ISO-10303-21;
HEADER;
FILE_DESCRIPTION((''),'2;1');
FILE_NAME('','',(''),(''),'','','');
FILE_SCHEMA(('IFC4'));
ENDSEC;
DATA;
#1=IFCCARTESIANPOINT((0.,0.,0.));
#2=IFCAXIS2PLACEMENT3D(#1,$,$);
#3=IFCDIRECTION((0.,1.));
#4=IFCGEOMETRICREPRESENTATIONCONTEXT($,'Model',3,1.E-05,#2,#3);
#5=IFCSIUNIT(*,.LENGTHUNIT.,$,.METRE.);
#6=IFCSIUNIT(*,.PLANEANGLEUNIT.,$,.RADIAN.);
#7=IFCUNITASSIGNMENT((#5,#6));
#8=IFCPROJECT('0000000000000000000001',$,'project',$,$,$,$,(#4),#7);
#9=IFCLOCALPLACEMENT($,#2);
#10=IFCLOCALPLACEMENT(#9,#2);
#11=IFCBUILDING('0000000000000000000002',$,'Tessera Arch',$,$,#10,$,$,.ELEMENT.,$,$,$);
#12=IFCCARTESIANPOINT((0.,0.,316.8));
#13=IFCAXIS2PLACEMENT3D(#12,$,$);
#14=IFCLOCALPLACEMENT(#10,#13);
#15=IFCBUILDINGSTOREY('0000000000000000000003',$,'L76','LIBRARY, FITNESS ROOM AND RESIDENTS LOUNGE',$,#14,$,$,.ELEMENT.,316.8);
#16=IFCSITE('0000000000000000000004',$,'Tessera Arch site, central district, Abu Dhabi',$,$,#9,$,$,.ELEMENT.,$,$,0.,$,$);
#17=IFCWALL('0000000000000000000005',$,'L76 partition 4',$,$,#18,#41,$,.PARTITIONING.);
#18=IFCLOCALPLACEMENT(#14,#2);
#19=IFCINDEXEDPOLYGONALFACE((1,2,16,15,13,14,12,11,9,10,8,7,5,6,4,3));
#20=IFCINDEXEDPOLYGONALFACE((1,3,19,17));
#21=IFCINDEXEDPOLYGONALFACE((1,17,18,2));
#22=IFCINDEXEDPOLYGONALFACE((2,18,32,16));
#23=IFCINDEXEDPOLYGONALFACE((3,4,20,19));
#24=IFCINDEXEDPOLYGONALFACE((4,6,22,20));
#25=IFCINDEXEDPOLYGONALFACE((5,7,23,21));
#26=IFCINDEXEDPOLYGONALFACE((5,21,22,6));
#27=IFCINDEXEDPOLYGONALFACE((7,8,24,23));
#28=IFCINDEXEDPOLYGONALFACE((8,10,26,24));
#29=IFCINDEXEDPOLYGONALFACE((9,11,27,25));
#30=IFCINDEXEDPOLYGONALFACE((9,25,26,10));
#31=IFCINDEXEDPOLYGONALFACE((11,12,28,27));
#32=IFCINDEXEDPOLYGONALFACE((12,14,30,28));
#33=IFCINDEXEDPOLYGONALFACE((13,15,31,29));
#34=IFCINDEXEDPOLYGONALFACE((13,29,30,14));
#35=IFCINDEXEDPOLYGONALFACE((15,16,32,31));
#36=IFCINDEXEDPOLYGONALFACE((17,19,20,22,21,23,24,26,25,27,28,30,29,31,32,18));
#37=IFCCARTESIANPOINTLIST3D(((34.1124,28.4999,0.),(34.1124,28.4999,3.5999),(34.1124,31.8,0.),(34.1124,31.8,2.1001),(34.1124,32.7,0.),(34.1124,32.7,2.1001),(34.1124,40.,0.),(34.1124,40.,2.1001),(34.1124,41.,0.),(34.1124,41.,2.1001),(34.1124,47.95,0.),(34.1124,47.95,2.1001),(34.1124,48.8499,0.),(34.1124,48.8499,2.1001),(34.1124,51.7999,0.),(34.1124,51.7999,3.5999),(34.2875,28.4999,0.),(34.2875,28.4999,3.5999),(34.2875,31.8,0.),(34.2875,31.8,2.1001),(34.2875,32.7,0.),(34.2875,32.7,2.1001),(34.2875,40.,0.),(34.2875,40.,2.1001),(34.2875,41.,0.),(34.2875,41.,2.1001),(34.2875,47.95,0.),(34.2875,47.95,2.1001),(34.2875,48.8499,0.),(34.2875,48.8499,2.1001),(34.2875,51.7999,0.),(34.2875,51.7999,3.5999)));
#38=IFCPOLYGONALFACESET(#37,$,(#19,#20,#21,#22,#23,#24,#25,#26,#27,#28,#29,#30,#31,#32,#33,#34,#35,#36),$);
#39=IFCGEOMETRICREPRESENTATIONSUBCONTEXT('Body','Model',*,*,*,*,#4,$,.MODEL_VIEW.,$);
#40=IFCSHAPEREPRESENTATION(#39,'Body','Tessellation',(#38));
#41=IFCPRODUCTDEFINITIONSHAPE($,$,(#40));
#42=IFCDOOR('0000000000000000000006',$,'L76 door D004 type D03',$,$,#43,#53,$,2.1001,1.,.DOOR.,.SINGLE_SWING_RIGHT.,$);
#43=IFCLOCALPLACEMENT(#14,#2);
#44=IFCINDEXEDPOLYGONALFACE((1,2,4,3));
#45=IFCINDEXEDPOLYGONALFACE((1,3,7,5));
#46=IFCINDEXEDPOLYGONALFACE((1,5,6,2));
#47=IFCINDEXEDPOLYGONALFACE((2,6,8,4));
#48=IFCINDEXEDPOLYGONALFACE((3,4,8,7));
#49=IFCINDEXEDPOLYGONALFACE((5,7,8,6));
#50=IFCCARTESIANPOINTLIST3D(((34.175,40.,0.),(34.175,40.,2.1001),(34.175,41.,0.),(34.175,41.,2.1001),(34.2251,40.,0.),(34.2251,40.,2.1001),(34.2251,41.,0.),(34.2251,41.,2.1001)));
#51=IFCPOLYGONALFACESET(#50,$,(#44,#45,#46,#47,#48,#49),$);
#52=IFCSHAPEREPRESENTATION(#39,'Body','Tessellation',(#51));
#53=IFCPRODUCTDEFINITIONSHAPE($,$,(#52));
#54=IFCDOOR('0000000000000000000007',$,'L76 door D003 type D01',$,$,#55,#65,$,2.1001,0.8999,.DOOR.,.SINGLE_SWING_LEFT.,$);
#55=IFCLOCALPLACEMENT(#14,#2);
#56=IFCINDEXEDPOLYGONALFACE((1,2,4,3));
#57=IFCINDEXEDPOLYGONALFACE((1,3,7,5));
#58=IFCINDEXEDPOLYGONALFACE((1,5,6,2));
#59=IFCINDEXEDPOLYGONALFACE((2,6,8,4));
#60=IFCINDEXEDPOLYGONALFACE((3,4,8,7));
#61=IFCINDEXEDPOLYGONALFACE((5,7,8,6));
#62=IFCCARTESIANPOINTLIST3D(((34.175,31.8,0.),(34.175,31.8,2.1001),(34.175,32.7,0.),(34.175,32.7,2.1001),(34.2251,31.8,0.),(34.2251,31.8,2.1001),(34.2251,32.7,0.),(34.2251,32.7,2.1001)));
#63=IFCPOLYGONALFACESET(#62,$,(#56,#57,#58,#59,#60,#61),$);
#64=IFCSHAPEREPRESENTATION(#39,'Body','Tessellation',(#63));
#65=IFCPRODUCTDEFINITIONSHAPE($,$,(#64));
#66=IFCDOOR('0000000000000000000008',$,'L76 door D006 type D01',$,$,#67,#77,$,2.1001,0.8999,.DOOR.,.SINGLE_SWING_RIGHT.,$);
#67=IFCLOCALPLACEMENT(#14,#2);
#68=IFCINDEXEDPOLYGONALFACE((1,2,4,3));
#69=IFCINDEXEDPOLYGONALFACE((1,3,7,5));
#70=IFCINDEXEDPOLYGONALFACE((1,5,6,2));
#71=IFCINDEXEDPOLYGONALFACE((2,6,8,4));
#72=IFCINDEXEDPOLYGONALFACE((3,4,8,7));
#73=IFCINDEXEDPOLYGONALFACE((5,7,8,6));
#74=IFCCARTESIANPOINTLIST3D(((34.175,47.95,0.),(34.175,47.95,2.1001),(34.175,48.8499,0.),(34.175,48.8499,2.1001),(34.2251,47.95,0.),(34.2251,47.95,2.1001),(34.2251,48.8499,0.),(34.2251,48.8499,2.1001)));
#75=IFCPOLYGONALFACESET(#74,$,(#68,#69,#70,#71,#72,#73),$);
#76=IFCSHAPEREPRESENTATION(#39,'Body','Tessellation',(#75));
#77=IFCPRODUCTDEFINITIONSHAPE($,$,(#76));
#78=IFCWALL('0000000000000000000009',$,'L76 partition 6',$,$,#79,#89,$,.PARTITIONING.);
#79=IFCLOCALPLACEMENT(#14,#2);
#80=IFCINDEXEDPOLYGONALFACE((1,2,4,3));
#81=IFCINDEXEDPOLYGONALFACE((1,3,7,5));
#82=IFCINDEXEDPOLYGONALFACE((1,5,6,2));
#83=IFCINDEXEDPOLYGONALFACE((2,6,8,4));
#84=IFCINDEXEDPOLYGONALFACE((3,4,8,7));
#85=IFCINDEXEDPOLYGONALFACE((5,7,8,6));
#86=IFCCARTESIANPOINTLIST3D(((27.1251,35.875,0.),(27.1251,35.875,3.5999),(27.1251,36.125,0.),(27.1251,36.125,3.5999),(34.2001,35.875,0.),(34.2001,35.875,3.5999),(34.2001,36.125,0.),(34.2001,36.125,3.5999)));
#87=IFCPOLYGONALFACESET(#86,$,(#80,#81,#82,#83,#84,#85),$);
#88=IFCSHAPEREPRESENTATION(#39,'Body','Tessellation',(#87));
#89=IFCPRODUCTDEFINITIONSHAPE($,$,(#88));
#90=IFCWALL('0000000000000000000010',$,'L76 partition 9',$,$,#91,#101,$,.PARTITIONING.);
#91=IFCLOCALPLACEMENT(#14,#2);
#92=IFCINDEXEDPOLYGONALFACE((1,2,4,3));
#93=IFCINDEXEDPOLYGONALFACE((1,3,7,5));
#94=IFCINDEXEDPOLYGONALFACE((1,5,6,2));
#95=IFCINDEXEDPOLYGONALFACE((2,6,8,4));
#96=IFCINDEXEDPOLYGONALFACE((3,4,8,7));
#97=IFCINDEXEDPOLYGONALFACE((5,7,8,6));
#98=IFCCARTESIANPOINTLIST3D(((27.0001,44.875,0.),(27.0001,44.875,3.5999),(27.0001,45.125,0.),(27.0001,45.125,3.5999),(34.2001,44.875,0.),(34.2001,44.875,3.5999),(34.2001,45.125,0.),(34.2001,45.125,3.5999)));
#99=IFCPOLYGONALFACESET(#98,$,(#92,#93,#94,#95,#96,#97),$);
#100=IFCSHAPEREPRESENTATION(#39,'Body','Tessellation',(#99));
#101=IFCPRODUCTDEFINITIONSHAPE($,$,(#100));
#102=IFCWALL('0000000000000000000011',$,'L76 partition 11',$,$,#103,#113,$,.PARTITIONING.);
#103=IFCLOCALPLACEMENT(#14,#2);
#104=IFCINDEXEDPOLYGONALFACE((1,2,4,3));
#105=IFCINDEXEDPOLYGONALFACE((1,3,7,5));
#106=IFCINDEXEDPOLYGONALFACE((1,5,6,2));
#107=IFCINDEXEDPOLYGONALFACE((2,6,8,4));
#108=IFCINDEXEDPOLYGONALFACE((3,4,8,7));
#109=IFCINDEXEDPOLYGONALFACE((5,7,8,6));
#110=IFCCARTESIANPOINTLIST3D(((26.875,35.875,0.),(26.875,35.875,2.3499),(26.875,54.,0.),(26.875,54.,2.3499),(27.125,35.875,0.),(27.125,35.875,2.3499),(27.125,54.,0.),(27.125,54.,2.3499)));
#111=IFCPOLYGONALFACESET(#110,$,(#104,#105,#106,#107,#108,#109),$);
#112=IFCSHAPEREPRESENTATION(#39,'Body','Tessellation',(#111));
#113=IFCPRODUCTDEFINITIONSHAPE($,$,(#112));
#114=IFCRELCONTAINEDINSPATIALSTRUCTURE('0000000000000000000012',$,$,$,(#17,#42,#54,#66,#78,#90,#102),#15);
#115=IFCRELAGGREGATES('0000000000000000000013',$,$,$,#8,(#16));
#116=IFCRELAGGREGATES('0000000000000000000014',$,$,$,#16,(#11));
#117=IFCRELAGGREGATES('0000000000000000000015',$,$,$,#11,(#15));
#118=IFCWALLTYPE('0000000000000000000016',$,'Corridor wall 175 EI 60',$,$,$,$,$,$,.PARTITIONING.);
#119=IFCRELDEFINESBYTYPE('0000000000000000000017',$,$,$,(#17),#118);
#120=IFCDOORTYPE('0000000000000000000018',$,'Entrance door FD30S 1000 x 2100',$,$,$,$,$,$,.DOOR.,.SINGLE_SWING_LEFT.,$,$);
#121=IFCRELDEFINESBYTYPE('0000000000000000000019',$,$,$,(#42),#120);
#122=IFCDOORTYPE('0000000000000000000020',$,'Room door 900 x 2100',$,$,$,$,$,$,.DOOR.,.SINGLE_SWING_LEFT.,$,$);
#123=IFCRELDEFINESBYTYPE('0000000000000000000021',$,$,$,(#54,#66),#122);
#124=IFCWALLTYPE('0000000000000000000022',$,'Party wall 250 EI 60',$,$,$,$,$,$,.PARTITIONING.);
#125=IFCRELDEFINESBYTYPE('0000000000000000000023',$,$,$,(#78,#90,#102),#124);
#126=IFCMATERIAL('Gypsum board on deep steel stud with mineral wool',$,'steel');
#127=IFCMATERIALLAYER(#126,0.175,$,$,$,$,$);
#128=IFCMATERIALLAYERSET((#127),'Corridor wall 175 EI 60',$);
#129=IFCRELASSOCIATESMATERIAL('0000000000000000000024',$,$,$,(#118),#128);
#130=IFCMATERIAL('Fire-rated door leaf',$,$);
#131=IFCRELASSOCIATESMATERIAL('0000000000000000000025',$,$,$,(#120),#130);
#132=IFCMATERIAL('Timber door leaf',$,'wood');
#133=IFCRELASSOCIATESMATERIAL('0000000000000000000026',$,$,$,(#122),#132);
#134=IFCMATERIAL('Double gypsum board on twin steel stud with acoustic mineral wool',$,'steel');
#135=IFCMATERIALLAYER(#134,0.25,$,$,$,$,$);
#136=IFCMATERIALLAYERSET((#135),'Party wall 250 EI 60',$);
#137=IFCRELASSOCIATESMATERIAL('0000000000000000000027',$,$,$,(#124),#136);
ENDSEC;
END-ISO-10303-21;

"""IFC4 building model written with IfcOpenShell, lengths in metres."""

from ifc_helpers import new_model, si_unit, direction, frame, frame_2d, origin, place, context, subcontext, project, spatial, rectangle, extrude, material, layer, layer_set, type_object, element, fill, save


model = new_model("IFC4")

# Units and contexts
model_context = context("Model", 3, precision=1e-05, world=origin(), true_north=direction((0.0, 1.0)))
body_context = subcontext(model_context, "Body", "Model", "MODEL_VIEW")
ifc_project = project(units=[si_unit("LENGTHUNIT", "METRE"), si_unit("PLANEANGLEUNIT", "RADIAN")], contexts=[model_context])

# Site, building, storey
site_placement = place(None, origin())
site = spatial("IfcSite", under=ifc_project, at=site_placement, Name="Tessera Arch site, central district, Abu Dhabi", CompositionType="ELEMENT", RefElevation=0.0)
building_placement = place(site_placement, origin())
building = spatial("IfcBuilding", under=site, at=building_placement, Name="Tessera Arch", CompositionType="ELEMENT")
storey_placement = place(building_placement, frame((0.0, 0.0, 316.8)))
storey = spatial("IfcBuildingStorey", under=building, at=storey_placement, Name="L76", Description="LIBRARY, FITNESS ROOM AND RESIDENTS LOUNGE", CompositionType="ELEMENT", Elevation=316.8)

# Shared definitions
ifc_material_1 = material(Name="Gypsum board on deep steel stud with mineral wool", Category="steel")
ifc_layer_1 = layer(ifc_material_1, 0.175)
ifc_layer_set_1 = layer_set([ifc_layer_1], Name="Corridor wall 175 EI 60")
wall_type_1 = type_object("IfcWallType", Name="Corridor wall 175 EI 60", PredefinedType="PARTITIONING", material=ifc_layer_set_1)

# Wall, openings, doors
wall_1_placement = place(storey_placement, frame((34.2, 28.5, 0.0), z_axis=(0.0, 0.0, 1.0), x_axis=(0.0, 1.0, 0.0)))
wall_1 = element("IfcWall", 1, at=wall_1_placement, inside=storey, type_object=wall_type_1, Name="L76 partition 4", PredefinedType="PARTITIONING", context=body_context, shape_type="SweptSolid", body=[
    extrude(rectangle(XDim=23.3, YDim=0.175, at=frame_2d((11.6499, 0.0))), origin(), (0.0, 0.0, 1.0), 3.5999),
])
opening_1_placement = place(wall_1_placement, frame((3.3, 0.0, 0.0)))
opening_1 = element("IfcOpeningElement", 2, at=opening_1_placement, cuts=wall_1, PredefinedType="OPENING", context=body_context, shape_type="SweptSolid", body=[
    extrude(rectangle(XDim=0.8999, YDim=2.1001, at=frame_2d((0.45, 1.05))), frame((0.0, 0.0974, 0.0), z_axis=(0.0, -1.0, 0.0), x_axis=(1.0, 0.0, 0.0)), (0.0, 0.0, 1.0), 0.1951),
])
opening_2_placement = place(wall_1_placement, frame((11.5, 0.0, 0.0)))
opening_2 = element("IfcOpeningElement", 3, at=opening_2_placement, cuts=wall_1, PredefinedType="OPENING", context=body_context, shape_type="SweptSolid", body=[
    extrude(rectangle(XDim=1.0, YDim=2.1001, at=frame_2d((0.5, 1.05))), frame((0.0, 0.0974, 0.0), z_axis=(0.0, -1.0, 0.0), x_axis=(1.0, 0.0, 0.0)), (0.0, 0.0, 1.0), 0.1951),
])
opening_3_placement = place(wall_1_placement, frame((19.45, 0.0, 0.0)))
opening_3 = element("IfcOpeningElement", 4, at=opening_3_placement, cuts=wall_1, PredefinedType="OPENING", context=body_context, shape_type="SweptSolid", body=[
    extrude(rectangle(XDim=0.8999, YDim=2.1001, at=frame_2d((0.45, 1.05))), frame((0.0, 0.0974, 0.0), z_axis=(0.0, -1.0, 0.0), x_axis=(1.0, 0.0, 0.0)), (0.0, 0.0, 1.0), 0.1951),
])
ifc_material_2 = material(Name="Fire-rated door leaf")
door_type_1 = type_object("IfcDoorType", Name="Entrance door FD30S 1000 x 2100", OperationType="SINGLE_SWING_LEFT", PredefinedType="DOOR", material=ifc_material_2)
door_1_placement = place(opening_2_placement, origin())
door_1 = element("IfcDoor", 5, at=door_1_placement, inside=storey, type_object=door_type_1, Name="L76 door D004 type D03", OperationType="SINGLE_SWING_RIGHT", OverallHeight=2.1001, OverallWidth=1.0, PredefinedType="DOOR", context=body_context, shape_type="SweptSolid", body=[
    extrude(rectangle(XDim=1.0, YDim=2.1001, at=frame_2d((0.5, 1.05))), frame((0.0, 0.0249, 0.0), z_axis=(0.0, -1.0, 0.0), x_axis=(1.0, 0.0, 0.0)), (0.0, 0.0, 1.0), 0.05),
])
fill(opening_2, door_1)
ifc_material_3 = material(Name="Timber door leaf", Category="wood")
door_type_2 = type_object("IfcDoorType", Name="Room door 900 x 2100", OperationType="SINGLE_SWING_LEFT", PredefinedType="DOOR", material=ifc_material_3)
door_2_placement = place(opening_1_placement, origin())
door_2 = element("IfcDoor", 6, at=door_2_placement, inside=storey, type_object=door_type_2, Name="L76 door D003 type D01", OperationType="SINGLE_SWING_LEFT", OverallHeight=2.1001, OverallWidth=0.8999, PredefinedType="DOOR", context=body_context, shape_type="SweptSolid", body=[
    extrude(rectangle(XDim=0.8999, YDim=2.1001, at=frame_2d((0.45, 1.05))), frame((0.0, 0.0249, 0.0), z_axis=(0.0, -1.0, 0.0), x_axis=(1.0, 0.0, 0.0)), (0.0, 0.0, 1.0), 0.05),
])
fill(opening_1, door_2)
door_3_placement = place(opening_3_placement, origin())
door_3 = element("IfcDoor", 7, at=door_3_placement, inside=storey, type_object=door_type_2, Name="L76 door D006 type D01", OperationType="SINGLE_SWING_RIGHT", OverallHeight=2.1001, OverallWidth=0.8999, PredefinedType="DOOR", context=body_context, shape_type="SweptSolid", body=[
    extrude(rectangle(XDim=0.8999, YDim=2.1001, at=frame_2d((0.45, 1.05))), frame((0.0, 0.0249, 0.0), z_axis=(0.0, -1.0, 0.0), x_axis=(1.0, 0.0, 0.0)), (0.0, 0.0, 1.0), 0.05),
])
fill(opening_3, door_3)

# Walls
ifc_material_4 = material(Name="Double gypsum board on twin steel stud with acoustic mineral wool", Category="steel")
ifc_layer_2 = layer(ifc_material_4, 0.25)
ifc_layer_set_2 = layer_set([ifc_layer_2], Name="Party wall 250 EI 60")
wall_type_2 = type_object("IfcWallType", Name="Party wall 250 EI 60", PredefinedType="PARTITIONING", material=ifc_layer_set_2)
wall_2_placement = place(storey_placement, frame((27.125, 36.0, 0.0), z_axis=(0.0, 0.0, 1.0), x_axis=(1.0, 0.0, 0.0)))
element("IfcWall", 8, at=wall_2_placement, inside=storey, type_object=wall_type_2, Name="L76 partition 6", PredefinedType="PARTITIONING", context=body_context, shape_type="SweptSolid", body=[
    extrude(rectangle(XDim=7.075, YDim=0.25, at=frame_2d((3.5376, 0.0))), origin(), (0.0, 0.0, 1.0), 3.5999),
])
wall_3_placement = place(storey_placement, frame((27.0, 45.0, 0.0), z_axis=(0.0, 0.0, 1.0), x_axis=(1.0, 0.0, 0.0)))
element("IfcWall", 9, at=wall_3_placement, inside=storey, type_object=wall_type_2, Name="L76 partition 9", PredefinedType="PARTITIONING", context=body_context, shape_type="SweptSolid", body=[
    extrude(rectangle(XDim=7.2, YDim=0.25, at=frame_2d((3.6001, 0.0))), origin(), (0.0, 0.0, 1.0), 3.5999),
])
wall_4_placement = place(storey_placement, frame((27.0, 35.875, 0.0), z_axis=(0.0, 0.0, 1.0), x_axis=(0.0, 1.0, 0.0)))
element("IfcWall", 10, at=wall_4_placement, inside=storey, type_object=wall_type_2, Name="L76 partition 11", PredefinedType="PARTITIONING", context=body_context, shape_type="SweptSolid", body=[
    extrude(rectangle(XDim=18.125, YDim=0.25, at=frame_2d((9.0625, 0.0))), origin(), (0.0, 0.0, 1.0), 2.3499),
])

save(model, "model.ifc")
